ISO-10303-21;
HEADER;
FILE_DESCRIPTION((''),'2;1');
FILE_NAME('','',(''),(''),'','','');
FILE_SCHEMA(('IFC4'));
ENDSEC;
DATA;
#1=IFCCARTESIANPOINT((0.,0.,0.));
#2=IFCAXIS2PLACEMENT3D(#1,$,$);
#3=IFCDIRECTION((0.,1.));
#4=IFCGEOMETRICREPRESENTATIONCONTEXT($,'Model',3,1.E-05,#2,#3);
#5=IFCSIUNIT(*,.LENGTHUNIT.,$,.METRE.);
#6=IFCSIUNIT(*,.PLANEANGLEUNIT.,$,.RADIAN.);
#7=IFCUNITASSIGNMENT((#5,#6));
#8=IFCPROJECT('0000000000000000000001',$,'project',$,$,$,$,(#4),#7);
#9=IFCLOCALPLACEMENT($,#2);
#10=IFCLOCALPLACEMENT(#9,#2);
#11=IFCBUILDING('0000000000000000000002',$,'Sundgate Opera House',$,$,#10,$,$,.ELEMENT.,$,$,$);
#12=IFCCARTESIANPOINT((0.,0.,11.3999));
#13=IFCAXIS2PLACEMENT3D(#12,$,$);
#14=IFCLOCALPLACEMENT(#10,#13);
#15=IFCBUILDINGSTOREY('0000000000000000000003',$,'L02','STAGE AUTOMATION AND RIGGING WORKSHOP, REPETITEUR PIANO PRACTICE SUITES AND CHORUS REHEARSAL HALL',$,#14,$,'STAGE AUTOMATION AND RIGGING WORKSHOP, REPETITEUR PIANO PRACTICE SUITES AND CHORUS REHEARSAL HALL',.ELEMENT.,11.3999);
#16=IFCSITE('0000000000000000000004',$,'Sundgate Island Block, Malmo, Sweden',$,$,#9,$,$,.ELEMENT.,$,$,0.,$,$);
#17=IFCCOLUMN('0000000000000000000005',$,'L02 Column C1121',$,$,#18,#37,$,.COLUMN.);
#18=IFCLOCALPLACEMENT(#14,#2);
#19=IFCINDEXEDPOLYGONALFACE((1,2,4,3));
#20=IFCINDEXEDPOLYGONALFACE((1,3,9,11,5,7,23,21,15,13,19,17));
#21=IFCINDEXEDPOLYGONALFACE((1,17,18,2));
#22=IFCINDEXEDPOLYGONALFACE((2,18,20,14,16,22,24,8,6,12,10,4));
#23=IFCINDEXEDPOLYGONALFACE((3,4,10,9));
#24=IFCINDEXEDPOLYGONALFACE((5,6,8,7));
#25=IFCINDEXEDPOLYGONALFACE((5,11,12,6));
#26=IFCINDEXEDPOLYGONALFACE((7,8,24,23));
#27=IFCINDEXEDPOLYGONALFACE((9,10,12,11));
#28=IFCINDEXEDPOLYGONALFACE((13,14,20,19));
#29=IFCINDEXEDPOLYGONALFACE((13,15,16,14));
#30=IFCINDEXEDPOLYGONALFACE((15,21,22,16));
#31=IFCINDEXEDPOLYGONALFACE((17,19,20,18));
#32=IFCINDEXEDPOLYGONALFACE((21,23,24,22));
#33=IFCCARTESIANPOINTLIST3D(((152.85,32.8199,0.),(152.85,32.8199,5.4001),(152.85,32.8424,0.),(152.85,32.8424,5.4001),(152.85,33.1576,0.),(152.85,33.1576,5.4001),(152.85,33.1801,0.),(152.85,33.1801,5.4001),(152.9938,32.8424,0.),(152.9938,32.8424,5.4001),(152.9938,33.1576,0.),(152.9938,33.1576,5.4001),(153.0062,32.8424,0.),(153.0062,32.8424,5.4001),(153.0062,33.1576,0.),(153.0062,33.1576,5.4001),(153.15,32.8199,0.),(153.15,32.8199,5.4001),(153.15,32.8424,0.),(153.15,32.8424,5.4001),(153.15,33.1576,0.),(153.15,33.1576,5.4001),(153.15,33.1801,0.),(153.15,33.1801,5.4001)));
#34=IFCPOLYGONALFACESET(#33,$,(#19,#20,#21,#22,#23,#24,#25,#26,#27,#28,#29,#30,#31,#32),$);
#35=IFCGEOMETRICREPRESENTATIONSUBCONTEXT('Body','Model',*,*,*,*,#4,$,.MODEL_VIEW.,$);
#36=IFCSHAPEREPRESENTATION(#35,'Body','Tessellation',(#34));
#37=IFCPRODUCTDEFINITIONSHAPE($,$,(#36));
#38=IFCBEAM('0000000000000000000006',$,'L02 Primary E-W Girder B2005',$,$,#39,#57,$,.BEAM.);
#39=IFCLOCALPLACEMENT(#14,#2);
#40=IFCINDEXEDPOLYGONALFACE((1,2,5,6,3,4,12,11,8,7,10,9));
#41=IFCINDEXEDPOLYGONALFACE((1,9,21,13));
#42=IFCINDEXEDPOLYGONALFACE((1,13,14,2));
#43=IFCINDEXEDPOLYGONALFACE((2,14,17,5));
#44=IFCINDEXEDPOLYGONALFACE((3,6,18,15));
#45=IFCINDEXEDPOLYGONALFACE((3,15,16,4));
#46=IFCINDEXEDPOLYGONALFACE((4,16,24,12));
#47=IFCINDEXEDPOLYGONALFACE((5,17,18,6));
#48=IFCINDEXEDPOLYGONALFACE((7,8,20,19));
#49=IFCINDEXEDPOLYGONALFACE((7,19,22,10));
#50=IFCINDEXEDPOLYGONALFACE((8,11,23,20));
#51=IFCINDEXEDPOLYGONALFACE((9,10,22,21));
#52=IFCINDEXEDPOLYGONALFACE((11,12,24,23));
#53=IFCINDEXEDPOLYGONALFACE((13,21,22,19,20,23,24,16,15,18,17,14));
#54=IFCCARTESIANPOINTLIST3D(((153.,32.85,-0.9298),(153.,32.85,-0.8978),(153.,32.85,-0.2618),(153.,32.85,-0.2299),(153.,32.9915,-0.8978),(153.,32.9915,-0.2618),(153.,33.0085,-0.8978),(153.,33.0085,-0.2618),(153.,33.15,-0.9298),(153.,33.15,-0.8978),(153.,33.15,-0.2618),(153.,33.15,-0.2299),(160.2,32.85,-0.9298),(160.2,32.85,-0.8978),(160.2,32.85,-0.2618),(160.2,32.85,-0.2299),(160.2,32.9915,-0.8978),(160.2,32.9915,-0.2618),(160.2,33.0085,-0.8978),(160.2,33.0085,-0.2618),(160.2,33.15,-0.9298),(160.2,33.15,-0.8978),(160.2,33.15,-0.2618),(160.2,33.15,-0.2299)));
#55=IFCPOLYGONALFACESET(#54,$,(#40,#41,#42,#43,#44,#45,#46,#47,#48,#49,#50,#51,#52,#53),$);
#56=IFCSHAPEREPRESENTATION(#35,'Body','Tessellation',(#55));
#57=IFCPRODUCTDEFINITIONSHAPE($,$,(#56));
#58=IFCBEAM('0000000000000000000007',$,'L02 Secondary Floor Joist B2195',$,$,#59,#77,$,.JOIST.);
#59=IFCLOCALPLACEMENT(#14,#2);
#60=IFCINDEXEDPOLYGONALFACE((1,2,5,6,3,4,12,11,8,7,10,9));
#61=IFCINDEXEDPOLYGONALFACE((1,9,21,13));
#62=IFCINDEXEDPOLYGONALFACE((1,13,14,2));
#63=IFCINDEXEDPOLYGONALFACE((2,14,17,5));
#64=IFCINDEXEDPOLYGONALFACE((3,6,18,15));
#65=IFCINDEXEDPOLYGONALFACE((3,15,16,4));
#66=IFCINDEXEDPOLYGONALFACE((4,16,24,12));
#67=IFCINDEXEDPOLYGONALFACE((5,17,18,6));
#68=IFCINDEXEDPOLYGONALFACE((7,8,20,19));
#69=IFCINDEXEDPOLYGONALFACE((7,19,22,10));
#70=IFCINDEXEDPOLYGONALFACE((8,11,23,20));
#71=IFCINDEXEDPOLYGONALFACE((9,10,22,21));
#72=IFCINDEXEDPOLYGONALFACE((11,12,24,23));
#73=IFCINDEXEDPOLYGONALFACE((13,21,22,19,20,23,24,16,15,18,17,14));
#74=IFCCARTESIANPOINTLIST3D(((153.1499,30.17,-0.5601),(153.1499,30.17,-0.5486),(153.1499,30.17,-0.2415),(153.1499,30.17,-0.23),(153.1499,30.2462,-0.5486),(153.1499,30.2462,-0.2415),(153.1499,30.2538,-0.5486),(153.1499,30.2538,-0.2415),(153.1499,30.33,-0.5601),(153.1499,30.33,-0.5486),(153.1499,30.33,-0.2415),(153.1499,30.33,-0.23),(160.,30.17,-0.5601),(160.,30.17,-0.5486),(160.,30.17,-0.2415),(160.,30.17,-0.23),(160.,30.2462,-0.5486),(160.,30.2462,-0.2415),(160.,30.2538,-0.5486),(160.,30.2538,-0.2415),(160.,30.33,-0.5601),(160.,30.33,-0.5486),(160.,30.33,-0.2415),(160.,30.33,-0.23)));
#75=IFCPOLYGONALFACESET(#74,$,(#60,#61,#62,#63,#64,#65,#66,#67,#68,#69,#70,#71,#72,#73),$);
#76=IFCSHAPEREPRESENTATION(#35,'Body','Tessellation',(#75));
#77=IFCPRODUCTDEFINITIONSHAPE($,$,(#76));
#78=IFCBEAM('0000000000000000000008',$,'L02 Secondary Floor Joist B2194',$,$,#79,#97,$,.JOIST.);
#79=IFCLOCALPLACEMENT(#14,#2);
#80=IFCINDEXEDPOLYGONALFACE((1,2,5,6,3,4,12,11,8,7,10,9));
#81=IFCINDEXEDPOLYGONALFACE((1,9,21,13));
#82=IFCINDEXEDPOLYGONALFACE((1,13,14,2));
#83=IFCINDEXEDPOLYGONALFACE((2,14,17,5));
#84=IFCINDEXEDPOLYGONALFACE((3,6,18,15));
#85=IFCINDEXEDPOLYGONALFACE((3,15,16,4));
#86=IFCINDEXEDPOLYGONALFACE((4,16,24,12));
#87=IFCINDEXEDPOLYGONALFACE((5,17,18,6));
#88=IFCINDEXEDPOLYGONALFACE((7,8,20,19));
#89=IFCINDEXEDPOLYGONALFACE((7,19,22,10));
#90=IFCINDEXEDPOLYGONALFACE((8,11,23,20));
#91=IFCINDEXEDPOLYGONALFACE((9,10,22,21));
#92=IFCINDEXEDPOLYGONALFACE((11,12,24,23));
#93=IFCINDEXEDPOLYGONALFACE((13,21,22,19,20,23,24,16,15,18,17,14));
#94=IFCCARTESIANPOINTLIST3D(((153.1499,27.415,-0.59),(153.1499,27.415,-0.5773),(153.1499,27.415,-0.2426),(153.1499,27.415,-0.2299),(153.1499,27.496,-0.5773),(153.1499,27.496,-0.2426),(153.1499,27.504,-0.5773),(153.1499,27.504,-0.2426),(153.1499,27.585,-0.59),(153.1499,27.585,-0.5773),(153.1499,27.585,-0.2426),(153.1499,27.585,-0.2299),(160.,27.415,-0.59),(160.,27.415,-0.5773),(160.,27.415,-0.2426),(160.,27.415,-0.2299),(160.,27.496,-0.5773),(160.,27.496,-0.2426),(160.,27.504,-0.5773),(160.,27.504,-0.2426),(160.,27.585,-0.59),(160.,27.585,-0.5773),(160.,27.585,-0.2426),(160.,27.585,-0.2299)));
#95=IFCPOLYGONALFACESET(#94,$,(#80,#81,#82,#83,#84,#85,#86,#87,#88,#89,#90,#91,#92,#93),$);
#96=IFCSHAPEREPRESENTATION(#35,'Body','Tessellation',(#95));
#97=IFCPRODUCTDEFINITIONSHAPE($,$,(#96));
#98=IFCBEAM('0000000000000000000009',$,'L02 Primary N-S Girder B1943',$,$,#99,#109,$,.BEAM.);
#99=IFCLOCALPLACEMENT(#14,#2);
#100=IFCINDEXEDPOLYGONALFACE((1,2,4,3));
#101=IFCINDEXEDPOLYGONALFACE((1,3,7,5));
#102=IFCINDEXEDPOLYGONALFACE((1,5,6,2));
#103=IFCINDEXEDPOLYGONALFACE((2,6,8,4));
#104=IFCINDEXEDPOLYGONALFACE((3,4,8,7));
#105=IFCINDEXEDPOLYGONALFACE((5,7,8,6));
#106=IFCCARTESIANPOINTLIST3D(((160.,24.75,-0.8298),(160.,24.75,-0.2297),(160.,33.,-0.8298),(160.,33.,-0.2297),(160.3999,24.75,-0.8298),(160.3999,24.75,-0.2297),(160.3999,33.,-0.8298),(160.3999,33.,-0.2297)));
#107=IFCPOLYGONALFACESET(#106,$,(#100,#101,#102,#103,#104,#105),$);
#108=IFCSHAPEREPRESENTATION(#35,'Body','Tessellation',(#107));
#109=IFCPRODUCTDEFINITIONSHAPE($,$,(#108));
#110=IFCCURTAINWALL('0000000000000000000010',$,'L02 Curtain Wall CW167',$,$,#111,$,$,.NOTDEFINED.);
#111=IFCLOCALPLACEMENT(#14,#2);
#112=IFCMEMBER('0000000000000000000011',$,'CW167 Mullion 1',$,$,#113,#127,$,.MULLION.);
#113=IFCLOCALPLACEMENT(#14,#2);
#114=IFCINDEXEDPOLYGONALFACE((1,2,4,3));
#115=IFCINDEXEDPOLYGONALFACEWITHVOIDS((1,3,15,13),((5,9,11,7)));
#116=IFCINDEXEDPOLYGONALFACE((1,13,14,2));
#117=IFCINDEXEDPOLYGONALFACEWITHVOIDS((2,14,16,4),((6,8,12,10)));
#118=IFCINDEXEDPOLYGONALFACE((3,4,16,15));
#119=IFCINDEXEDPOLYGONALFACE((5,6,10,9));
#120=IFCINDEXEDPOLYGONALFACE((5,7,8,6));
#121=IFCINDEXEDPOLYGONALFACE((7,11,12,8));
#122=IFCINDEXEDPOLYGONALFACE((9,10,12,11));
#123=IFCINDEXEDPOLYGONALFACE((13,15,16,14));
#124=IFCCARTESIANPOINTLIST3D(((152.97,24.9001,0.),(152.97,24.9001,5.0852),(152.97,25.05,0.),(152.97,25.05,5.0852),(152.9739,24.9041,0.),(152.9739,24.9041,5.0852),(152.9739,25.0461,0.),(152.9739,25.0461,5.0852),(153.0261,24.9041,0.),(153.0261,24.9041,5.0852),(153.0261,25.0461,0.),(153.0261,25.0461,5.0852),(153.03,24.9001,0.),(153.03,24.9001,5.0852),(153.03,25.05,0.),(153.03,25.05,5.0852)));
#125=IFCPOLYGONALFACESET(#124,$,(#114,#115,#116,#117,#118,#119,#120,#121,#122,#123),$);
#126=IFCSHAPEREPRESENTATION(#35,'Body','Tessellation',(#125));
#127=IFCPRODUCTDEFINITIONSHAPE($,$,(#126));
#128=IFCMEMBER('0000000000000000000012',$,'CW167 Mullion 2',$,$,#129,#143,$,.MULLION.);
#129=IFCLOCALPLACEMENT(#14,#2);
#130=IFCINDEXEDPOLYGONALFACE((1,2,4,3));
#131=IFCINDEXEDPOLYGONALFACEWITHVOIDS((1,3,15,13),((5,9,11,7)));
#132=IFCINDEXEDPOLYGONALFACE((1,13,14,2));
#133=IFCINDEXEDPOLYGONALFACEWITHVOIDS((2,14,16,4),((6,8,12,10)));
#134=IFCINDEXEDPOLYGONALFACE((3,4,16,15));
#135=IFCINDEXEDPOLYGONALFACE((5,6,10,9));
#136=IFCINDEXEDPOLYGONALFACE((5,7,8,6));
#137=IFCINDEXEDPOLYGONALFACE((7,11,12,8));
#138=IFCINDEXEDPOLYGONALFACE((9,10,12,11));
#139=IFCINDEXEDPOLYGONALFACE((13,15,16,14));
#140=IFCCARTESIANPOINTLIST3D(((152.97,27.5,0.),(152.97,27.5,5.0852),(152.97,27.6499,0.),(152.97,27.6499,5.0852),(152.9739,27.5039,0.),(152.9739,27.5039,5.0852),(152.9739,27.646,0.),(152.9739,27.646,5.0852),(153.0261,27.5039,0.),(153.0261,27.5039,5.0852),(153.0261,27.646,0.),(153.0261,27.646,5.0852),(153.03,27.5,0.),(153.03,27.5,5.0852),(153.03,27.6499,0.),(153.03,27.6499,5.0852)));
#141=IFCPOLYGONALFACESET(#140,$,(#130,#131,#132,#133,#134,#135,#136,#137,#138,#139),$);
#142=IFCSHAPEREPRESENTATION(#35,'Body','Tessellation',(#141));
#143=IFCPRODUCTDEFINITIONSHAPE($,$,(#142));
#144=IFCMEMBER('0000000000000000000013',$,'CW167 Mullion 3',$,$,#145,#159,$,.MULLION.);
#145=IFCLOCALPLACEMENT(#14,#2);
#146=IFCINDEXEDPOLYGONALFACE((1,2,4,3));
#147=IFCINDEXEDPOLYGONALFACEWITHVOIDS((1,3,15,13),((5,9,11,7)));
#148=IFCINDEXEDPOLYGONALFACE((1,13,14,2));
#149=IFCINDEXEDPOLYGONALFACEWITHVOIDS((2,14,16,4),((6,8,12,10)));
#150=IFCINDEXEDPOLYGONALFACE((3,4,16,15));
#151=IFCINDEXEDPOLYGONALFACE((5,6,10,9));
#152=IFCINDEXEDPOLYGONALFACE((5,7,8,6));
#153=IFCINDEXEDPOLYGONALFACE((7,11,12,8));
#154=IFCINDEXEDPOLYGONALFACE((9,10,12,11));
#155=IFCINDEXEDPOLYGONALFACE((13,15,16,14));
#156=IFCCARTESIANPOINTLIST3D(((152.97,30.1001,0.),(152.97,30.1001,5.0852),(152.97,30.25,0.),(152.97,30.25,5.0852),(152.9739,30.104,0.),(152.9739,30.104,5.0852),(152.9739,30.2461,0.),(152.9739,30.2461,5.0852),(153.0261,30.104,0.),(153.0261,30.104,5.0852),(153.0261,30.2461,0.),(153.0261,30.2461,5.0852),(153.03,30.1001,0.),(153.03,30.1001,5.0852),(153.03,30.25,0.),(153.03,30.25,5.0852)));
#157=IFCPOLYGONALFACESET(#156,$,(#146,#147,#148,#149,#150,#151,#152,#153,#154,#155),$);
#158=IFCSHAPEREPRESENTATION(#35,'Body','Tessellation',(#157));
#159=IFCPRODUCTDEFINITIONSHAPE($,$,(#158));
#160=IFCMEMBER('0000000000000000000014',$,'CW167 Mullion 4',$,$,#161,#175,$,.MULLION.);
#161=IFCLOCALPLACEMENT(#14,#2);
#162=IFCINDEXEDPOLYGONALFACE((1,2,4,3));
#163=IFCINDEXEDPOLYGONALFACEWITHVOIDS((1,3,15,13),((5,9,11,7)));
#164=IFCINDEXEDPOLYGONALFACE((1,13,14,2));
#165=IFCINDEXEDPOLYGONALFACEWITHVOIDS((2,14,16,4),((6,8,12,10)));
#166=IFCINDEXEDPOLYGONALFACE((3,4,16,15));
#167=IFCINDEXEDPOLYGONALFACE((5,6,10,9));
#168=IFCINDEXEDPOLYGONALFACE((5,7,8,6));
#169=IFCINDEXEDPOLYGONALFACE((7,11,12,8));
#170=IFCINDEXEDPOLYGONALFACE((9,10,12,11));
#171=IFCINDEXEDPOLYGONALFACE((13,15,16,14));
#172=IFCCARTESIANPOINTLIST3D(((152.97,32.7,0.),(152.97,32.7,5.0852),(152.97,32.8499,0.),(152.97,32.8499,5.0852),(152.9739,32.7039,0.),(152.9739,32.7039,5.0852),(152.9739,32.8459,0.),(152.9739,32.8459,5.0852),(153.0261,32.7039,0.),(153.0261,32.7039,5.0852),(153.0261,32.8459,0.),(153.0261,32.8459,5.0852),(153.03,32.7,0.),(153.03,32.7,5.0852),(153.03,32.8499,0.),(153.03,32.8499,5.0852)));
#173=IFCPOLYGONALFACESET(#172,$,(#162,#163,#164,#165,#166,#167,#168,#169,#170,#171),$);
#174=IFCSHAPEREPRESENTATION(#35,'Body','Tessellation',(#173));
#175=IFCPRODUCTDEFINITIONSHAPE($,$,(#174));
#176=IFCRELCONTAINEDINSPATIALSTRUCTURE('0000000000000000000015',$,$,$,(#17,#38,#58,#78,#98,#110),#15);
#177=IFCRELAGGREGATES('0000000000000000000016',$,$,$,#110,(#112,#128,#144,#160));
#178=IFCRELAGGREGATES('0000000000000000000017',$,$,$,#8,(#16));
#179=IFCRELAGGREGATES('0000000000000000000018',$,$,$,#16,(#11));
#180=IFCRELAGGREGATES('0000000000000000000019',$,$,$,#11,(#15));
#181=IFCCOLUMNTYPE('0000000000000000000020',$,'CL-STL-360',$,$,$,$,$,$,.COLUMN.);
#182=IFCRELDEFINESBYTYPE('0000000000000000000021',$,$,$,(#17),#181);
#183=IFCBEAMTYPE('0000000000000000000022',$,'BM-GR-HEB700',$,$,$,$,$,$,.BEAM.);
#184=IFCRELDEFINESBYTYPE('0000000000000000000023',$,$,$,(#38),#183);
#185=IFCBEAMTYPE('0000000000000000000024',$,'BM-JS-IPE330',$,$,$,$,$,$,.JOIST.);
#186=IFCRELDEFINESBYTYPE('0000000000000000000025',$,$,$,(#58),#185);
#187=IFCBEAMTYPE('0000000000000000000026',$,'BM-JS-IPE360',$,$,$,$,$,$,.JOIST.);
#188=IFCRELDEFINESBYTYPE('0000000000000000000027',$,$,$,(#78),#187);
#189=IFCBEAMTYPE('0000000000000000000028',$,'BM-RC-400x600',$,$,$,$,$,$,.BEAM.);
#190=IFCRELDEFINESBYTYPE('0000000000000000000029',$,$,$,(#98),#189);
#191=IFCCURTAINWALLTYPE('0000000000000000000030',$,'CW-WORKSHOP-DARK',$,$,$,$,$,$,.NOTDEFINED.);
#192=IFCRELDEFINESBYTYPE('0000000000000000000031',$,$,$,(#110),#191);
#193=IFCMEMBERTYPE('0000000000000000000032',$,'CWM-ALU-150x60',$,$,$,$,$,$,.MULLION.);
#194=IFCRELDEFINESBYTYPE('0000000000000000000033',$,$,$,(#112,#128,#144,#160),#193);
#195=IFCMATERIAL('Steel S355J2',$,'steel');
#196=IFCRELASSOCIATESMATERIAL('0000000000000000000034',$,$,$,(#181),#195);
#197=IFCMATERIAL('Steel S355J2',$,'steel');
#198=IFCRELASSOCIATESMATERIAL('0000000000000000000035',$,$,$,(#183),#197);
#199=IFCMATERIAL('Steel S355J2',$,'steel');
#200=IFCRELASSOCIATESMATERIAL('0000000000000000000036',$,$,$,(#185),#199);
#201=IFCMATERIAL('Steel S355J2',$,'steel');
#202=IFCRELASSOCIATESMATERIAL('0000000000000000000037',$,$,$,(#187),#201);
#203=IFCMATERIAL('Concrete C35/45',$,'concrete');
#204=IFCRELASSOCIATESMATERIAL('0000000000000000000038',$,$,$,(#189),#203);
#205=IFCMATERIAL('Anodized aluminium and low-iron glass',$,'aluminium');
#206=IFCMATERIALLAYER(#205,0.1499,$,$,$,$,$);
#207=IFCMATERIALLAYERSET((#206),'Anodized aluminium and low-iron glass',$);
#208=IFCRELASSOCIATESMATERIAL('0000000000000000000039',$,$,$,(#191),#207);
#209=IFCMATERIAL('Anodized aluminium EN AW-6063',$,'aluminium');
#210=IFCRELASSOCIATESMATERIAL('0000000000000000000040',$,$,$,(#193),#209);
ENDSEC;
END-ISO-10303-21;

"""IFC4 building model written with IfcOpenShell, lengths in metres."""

from ifc_helpers import new_model, si_unit, direction, frame, origin, origin_2d, place, context, subcontext, project, spatial, rectangle, hollow_rectangle, i_section, extrude, material, layer, layer_set, material_profile, profile_set, type_object, element, aggregate, save


model = new_model("IFC4")

# Units and contexts
model_context = context("Model", 3, precision=1e-05, world=origin(), true_north=direction((0.0, 1.0)))
body_context = subcontext(model_context, "Body", "Model", "MODEL_VIEW")
ifc_project = project(units=[si_unit("LENGTHUNIT", "METRE"), si_unit("PLANEANGLEUNIT", "RADIAN")], contexts=[model_context])

# Site, building, storey
site_placement = place(None, origin())
site = spatial("IfcSite", under=ifc_project, at=site_placement, Name="Sundgate Island Block, Malmo, Sweden", CompositionType="ELEMENT", RefElevation=0.0)
building_placement = place(site_placement, origin())
building = spatial("IfcBuilding", under=site, at=building_placement, Name="Sundgate Opera House", CompositionType="ELEMENT")
storey_placement = place(building_placement, frame((0.0, 0.0, 11.3999)))
storey = spatial("IfcBuildingStorey", under=building, at=storey_placement, Name="L02", Description="STAGE AUTOMATION AND RIGGING WORKSHOP, REPETITEUR PIANO PRACTICE SUITES AND CHORUS REHEARSAL HALL", LongName="STAGE AUTOMATION AND RIGGING WORKSHOP, REPETITEUR PIANO PRACTICE SUITES AND CHORUS REHEARSAL HALL", CompositionType="ELEMENT", Elevation=11.3999)

# Column
ifc_material_1 = material(Name="Steel S355J2", Category="steel")
ifc_material_profile_1 = material_profile(ifc_material_1, i_section(OverallWidth=0.3, OverallDepth=0.3601, WebThickness=0.0125, FlangeThickness=0.0225, at=origin_2d()), Name="HEB 360")
ifc_profile_set_1 = profile_set([ifc_material_profile_1], Name="Steel S355J2")
column_type = type_object("IfcColumnType", Name="CL-STL-360", PredefinedType="COLUMN", material=ifc_profile_set_1)
column_placement = place(storey_placement, frame((153.0, 33.0, 0.0), z_axis=(0.0, 0.0, 1.0), x_axis=(1.0, 0.0, 0.0)))
element("IfcColumn", 1, at=column_placement, inside=storey, type_object=column_type, Name="L02 Column C1121", PredefinedType="COLUMN", context=body_context, shape_type="SweptSolid", body=[
    extrude(i_section(OverallWidth=0.3, OverallDepth=0.3601, WebThickness=0.0125, FlangeThickness=0.0225, at=origin_2d()), origin(), (0.0, 0.0, 1.0), 5.4001),
])

# Beams
ifc_material_2 = material(Name="Steel S355J2", Category="steel")
ifc_material_profile_2 = material_profile(ifc_material_2, i_section(OverallWidth=0.3, OverallDepth=0.7, WebThickness=0.0171, FlangeThickness=0.032, at=origin_2d()), Name="HEB 700")
ifc_profile_set_2 = profile_set([ifc_material_profile_2], Name="Steel S355J2")
beam_type_1 = type_object("IfcBeamType", Name="BM-GR-HEB700", PredefinedType="BEAM", material=ifc_profile_set_2)
beam_1_placement = place(storey_placement, frame((153.0, 33.0, -0.5798), z_axis=(1.0, 0.0, 0.0), x_axis=(0.0, 1.0, 0.0)))
element("IfcBeam", 2, at=beam_1_placement, inside=storey, type_object=beam_type_1, Name="L02 Primary E-W Girder B2005", PredefinedType="BEAM", context=body_context, shape_type="SweptSolid", body=[
    extrude(i_section(OverallWidth=0.3, OverallDepth=0.7, WebThickness=0.0171, FlangeThickness=0.032, at=origin_2d()), origin(), (0.0, 0.0, 1.0), 7.2),
])
ifc_material_3 = material(Name="Steel S355J2", Category="steel")
ifc_material_profile_3 = material_profile(ifc_material_3, i_section(OverallWidth=0.1599, OverallDepth=0.3301, WebThickness=0.0076, FlangeThickness=0.0115, at=origin_2d()), Name="IPE 330")
ifc_profile_set_3 = profile_set([ifc_material_profile_3], Name="Steel S355J2")
beam_type_2 = type_object("IfcBeamType", Name="BM-JS-IPE330", PredefinedType="JOIST", material=ifc_profile_set_3)
beam_2_placement = place(storey_placement, frame((153.1499, 30.25, -0.395), z_axis=(1.0, 0.0, 0.0), x_axis=(0.0, 1.0, 0.0)))
element("IfcBeam", 3, at=beam_2_placement, inside=storey, type_object=beam_type_2, Name="L02 Secondary Floor Joist B2195", PredefinedType="JOIST", context=body_context, shape_type="SweptSolid", body=[
    extrude(i_section(OverallWidth=0.1599, OverallDepth=0.3301, WebThickness=0.0076, FlangeThickness=0.0115, at=origin_2d()), origin(), (0.0, 0.0, 1.0), 6.8501),
])
ifc_material_4 = material(Name="Steel S355J2", Category="steel")
ifc_material_profile_4 = material_profile(ifc_material_4, i_section(OverallWidth=0.1699, OverallDepth=0.3601, WebThickness=0.0081, FlangeThickness=0.0127, at=origin_2d()), Name="IPE 360")
ifc_profile_set_4 = profile_set([ifc_material_profile_4], Name="Steel S355J2")
beam_type_3 = type_object("IfcBeamType", Name="BM-JS-IPE360", PredefinedType="JOIST", material=ifc_profile_set_4)
beam_3_placement = place(storey_placement, frame((153.1499, 27.5, -0.4099), z_axis=(1.0, 0.0, 0.0), x_axis=(0.0, 1.0, 0.0)))
element("IfcBeam", 4, at=beam_3_placement, inside=storey, type_object=beam_type_3, Name="L02 Secondary Floor Joist B2194", PredefinedType="JOIST", context=body_context, shape_type="SweptSolid", body=[
    extrude(i_section(OverallWidth=0.1699, OverallDepth=0.3601, WebThickness=0.0081, FlangeThickness=0.0127, at=origin_2d()), origin(), (0.0, 0.0, 1.0), 6.8501),
])
ifc_material_5 = material(Name="Concrete C35/45", Category="concrete")
ifc_material_profile_5 = material_profile(ifc_material_5, rectangle(XDim=0.3999, YDim=0.6001, at=origin_2d()), Name="RC 400x600")
ifc_profile_set_5 = profile_set([ifc_material_profile_5], Name="Concrete C35/45")
beam_type_4 = type_object("IfcBeamType", Name="BM-RC-400x600", PredefinedType="BEAM", material=ifc_profile_set_5)
beam_4_placement = place(storey_placement, frame((160.2, 24.75, -0.5298), z_axis=(0.0, 1.0, 0.0), x_axis=(-1.0, 0.0, 0.0)))
element("IfcBeam", 5, at=beam_4_placement, inside=storey, type_object=beam_type_4, Name="L02 Primary N-S Girder B1943", PredefinedType="BEAM", context=body_context, shape_type="SweptSolid", body=[
    extrude(rectangle(XDim=0.3999, YDim=0.6001, at=origin_2d()), origin(), (0.0, 0.0, 1.0), 8.25),
])

# Curtain wall, members
ifc_material_6 = material(Name="Anodized aluminium and low-iron glass", Category="aluminium")
ifc_layer_1 = layer(ifc_material_6, 0.1499)
ifc_layer_set_1 = layer_set([ifc_layer_1], Name="Anodized aluminium and low-iron glass")
curtain_wall_type = type_object("IfcCurtainWallType", Name="CW-WORKSHOP-DARK", PredefinedType="NOTDEFINED", material=ifc_layer_set_1)
curtain_wall_1_placement = place(storey_placement, origin())
curtain_wall_1 = element("IfcCurtainWall", 6, at=curtain_wall_1_placement, inside=storey, type_object=curtain_wall_type, Name="L02 Curtain Wall CW167", PredefinedType="NOTDEFINED")
ifc_material_7 = material(Name="Anodized aluminium EN AW-6063", Category="aluminium")
ifc_material_profile_6 = material_profile(ifc_material_7, hollow_rectangle(XDim=0.0601, YDim=0.1499, WallThickness=0.0039, at=origin_2d()), Name="CWM 150x60x4")
ifc_profile_set_6 = profile_set([ifc_material_profile_6], Name="Anodized aluminium EN AW-6063")
member_type_1 = type_object("IfcMemberType", Name="CWM-ALU-150x60", PredefinedType="MULLION", material=ifc_profile_set_6)
member_1_placement = place(storey_placement, frame((153.0, 24.9751, 0.0), z_axis=(0.0, 0.0, 1.0), x_axis=(1.0, 0.0, 0.0)))
member_1 = element("IfcMember", 7, at=member_1_placement, type_object=member_type_1, Name="CW167 Mullion 1", PredefinedType="MULLION", context=body_context, shape_type="SweptSolid", body=[
    extrude(hollow_rectangle(XDim=0.0601, YDim=0.1499, WallThickness=0.0039, at=origin_2d()), origin(), (0.0, 0.0, 1.0), 5.0852),
])
member_2_placement = place(storey_placement, frame((153.0, 27.575, 0.0), z_axis=(0.0, 0.0, 1.0), x_axis=(1.0, 0.0, 0.0)))
member_2 = element("IfcMember", 8, at=member_2_placement, type_object=member_type_1, Name="CW167 Mullion 2", PredefinedType="MULLION", context=body_context, shape_type="SweptSolid", body=[
    extrude(hollow_rectangle(XDim=0.0601, YDim=0.1499, WallThickness=0.0039, at=origin_2d()), origin(), (0.0, 0.0, 1.0), 5.0852),
])
member_3_placement = place(storey_placement, frame((153.0, 30.175, 0.0), z_axis=(0.0, 0.0, 1.0), x_axis=(1.0, 0.0, 0.0)))
member_3 = element("IfcMember", 9, at=member_3_placement, type_object=member_type_1, Name="CW167 Mullion 3", PredefinedType="MULLION", context=body_context, shape_type="SweptSolid", body=[
    extrude(hollow_rectangle(XDim=0.0601, YDim=0.1499, WallThickness=0.0039, at=origin_2d()), origin(), (0.0, 0.0, 1.0), 5.0852),
])
member_4_placement = place(storey_placement, frame((153.0, 32.7749, 0.0), z_axis=(0.0, 0.0, 1.0), x_axis=(1.0, 0.0, 0.0)))
member_4 = element("IfcMember", 10, at=member_4_placement, type_object=member_type_1, Name="CW167 Mullion 4", PredefinedType="MULLION", context=body_context, shape_type="SweptSolid", body=[
    extrude(hollow_rectangle(XDim=0.0601, YDim=0.1499, WallThickness=0.0039, at=origin_2d()), origin(), (0.0, 0.0, 1.0), 5.0852),
])

aggregate(curtain_wall_1, [member_1, member_2, member_3, member_4])

save(model, "model.ifc")
